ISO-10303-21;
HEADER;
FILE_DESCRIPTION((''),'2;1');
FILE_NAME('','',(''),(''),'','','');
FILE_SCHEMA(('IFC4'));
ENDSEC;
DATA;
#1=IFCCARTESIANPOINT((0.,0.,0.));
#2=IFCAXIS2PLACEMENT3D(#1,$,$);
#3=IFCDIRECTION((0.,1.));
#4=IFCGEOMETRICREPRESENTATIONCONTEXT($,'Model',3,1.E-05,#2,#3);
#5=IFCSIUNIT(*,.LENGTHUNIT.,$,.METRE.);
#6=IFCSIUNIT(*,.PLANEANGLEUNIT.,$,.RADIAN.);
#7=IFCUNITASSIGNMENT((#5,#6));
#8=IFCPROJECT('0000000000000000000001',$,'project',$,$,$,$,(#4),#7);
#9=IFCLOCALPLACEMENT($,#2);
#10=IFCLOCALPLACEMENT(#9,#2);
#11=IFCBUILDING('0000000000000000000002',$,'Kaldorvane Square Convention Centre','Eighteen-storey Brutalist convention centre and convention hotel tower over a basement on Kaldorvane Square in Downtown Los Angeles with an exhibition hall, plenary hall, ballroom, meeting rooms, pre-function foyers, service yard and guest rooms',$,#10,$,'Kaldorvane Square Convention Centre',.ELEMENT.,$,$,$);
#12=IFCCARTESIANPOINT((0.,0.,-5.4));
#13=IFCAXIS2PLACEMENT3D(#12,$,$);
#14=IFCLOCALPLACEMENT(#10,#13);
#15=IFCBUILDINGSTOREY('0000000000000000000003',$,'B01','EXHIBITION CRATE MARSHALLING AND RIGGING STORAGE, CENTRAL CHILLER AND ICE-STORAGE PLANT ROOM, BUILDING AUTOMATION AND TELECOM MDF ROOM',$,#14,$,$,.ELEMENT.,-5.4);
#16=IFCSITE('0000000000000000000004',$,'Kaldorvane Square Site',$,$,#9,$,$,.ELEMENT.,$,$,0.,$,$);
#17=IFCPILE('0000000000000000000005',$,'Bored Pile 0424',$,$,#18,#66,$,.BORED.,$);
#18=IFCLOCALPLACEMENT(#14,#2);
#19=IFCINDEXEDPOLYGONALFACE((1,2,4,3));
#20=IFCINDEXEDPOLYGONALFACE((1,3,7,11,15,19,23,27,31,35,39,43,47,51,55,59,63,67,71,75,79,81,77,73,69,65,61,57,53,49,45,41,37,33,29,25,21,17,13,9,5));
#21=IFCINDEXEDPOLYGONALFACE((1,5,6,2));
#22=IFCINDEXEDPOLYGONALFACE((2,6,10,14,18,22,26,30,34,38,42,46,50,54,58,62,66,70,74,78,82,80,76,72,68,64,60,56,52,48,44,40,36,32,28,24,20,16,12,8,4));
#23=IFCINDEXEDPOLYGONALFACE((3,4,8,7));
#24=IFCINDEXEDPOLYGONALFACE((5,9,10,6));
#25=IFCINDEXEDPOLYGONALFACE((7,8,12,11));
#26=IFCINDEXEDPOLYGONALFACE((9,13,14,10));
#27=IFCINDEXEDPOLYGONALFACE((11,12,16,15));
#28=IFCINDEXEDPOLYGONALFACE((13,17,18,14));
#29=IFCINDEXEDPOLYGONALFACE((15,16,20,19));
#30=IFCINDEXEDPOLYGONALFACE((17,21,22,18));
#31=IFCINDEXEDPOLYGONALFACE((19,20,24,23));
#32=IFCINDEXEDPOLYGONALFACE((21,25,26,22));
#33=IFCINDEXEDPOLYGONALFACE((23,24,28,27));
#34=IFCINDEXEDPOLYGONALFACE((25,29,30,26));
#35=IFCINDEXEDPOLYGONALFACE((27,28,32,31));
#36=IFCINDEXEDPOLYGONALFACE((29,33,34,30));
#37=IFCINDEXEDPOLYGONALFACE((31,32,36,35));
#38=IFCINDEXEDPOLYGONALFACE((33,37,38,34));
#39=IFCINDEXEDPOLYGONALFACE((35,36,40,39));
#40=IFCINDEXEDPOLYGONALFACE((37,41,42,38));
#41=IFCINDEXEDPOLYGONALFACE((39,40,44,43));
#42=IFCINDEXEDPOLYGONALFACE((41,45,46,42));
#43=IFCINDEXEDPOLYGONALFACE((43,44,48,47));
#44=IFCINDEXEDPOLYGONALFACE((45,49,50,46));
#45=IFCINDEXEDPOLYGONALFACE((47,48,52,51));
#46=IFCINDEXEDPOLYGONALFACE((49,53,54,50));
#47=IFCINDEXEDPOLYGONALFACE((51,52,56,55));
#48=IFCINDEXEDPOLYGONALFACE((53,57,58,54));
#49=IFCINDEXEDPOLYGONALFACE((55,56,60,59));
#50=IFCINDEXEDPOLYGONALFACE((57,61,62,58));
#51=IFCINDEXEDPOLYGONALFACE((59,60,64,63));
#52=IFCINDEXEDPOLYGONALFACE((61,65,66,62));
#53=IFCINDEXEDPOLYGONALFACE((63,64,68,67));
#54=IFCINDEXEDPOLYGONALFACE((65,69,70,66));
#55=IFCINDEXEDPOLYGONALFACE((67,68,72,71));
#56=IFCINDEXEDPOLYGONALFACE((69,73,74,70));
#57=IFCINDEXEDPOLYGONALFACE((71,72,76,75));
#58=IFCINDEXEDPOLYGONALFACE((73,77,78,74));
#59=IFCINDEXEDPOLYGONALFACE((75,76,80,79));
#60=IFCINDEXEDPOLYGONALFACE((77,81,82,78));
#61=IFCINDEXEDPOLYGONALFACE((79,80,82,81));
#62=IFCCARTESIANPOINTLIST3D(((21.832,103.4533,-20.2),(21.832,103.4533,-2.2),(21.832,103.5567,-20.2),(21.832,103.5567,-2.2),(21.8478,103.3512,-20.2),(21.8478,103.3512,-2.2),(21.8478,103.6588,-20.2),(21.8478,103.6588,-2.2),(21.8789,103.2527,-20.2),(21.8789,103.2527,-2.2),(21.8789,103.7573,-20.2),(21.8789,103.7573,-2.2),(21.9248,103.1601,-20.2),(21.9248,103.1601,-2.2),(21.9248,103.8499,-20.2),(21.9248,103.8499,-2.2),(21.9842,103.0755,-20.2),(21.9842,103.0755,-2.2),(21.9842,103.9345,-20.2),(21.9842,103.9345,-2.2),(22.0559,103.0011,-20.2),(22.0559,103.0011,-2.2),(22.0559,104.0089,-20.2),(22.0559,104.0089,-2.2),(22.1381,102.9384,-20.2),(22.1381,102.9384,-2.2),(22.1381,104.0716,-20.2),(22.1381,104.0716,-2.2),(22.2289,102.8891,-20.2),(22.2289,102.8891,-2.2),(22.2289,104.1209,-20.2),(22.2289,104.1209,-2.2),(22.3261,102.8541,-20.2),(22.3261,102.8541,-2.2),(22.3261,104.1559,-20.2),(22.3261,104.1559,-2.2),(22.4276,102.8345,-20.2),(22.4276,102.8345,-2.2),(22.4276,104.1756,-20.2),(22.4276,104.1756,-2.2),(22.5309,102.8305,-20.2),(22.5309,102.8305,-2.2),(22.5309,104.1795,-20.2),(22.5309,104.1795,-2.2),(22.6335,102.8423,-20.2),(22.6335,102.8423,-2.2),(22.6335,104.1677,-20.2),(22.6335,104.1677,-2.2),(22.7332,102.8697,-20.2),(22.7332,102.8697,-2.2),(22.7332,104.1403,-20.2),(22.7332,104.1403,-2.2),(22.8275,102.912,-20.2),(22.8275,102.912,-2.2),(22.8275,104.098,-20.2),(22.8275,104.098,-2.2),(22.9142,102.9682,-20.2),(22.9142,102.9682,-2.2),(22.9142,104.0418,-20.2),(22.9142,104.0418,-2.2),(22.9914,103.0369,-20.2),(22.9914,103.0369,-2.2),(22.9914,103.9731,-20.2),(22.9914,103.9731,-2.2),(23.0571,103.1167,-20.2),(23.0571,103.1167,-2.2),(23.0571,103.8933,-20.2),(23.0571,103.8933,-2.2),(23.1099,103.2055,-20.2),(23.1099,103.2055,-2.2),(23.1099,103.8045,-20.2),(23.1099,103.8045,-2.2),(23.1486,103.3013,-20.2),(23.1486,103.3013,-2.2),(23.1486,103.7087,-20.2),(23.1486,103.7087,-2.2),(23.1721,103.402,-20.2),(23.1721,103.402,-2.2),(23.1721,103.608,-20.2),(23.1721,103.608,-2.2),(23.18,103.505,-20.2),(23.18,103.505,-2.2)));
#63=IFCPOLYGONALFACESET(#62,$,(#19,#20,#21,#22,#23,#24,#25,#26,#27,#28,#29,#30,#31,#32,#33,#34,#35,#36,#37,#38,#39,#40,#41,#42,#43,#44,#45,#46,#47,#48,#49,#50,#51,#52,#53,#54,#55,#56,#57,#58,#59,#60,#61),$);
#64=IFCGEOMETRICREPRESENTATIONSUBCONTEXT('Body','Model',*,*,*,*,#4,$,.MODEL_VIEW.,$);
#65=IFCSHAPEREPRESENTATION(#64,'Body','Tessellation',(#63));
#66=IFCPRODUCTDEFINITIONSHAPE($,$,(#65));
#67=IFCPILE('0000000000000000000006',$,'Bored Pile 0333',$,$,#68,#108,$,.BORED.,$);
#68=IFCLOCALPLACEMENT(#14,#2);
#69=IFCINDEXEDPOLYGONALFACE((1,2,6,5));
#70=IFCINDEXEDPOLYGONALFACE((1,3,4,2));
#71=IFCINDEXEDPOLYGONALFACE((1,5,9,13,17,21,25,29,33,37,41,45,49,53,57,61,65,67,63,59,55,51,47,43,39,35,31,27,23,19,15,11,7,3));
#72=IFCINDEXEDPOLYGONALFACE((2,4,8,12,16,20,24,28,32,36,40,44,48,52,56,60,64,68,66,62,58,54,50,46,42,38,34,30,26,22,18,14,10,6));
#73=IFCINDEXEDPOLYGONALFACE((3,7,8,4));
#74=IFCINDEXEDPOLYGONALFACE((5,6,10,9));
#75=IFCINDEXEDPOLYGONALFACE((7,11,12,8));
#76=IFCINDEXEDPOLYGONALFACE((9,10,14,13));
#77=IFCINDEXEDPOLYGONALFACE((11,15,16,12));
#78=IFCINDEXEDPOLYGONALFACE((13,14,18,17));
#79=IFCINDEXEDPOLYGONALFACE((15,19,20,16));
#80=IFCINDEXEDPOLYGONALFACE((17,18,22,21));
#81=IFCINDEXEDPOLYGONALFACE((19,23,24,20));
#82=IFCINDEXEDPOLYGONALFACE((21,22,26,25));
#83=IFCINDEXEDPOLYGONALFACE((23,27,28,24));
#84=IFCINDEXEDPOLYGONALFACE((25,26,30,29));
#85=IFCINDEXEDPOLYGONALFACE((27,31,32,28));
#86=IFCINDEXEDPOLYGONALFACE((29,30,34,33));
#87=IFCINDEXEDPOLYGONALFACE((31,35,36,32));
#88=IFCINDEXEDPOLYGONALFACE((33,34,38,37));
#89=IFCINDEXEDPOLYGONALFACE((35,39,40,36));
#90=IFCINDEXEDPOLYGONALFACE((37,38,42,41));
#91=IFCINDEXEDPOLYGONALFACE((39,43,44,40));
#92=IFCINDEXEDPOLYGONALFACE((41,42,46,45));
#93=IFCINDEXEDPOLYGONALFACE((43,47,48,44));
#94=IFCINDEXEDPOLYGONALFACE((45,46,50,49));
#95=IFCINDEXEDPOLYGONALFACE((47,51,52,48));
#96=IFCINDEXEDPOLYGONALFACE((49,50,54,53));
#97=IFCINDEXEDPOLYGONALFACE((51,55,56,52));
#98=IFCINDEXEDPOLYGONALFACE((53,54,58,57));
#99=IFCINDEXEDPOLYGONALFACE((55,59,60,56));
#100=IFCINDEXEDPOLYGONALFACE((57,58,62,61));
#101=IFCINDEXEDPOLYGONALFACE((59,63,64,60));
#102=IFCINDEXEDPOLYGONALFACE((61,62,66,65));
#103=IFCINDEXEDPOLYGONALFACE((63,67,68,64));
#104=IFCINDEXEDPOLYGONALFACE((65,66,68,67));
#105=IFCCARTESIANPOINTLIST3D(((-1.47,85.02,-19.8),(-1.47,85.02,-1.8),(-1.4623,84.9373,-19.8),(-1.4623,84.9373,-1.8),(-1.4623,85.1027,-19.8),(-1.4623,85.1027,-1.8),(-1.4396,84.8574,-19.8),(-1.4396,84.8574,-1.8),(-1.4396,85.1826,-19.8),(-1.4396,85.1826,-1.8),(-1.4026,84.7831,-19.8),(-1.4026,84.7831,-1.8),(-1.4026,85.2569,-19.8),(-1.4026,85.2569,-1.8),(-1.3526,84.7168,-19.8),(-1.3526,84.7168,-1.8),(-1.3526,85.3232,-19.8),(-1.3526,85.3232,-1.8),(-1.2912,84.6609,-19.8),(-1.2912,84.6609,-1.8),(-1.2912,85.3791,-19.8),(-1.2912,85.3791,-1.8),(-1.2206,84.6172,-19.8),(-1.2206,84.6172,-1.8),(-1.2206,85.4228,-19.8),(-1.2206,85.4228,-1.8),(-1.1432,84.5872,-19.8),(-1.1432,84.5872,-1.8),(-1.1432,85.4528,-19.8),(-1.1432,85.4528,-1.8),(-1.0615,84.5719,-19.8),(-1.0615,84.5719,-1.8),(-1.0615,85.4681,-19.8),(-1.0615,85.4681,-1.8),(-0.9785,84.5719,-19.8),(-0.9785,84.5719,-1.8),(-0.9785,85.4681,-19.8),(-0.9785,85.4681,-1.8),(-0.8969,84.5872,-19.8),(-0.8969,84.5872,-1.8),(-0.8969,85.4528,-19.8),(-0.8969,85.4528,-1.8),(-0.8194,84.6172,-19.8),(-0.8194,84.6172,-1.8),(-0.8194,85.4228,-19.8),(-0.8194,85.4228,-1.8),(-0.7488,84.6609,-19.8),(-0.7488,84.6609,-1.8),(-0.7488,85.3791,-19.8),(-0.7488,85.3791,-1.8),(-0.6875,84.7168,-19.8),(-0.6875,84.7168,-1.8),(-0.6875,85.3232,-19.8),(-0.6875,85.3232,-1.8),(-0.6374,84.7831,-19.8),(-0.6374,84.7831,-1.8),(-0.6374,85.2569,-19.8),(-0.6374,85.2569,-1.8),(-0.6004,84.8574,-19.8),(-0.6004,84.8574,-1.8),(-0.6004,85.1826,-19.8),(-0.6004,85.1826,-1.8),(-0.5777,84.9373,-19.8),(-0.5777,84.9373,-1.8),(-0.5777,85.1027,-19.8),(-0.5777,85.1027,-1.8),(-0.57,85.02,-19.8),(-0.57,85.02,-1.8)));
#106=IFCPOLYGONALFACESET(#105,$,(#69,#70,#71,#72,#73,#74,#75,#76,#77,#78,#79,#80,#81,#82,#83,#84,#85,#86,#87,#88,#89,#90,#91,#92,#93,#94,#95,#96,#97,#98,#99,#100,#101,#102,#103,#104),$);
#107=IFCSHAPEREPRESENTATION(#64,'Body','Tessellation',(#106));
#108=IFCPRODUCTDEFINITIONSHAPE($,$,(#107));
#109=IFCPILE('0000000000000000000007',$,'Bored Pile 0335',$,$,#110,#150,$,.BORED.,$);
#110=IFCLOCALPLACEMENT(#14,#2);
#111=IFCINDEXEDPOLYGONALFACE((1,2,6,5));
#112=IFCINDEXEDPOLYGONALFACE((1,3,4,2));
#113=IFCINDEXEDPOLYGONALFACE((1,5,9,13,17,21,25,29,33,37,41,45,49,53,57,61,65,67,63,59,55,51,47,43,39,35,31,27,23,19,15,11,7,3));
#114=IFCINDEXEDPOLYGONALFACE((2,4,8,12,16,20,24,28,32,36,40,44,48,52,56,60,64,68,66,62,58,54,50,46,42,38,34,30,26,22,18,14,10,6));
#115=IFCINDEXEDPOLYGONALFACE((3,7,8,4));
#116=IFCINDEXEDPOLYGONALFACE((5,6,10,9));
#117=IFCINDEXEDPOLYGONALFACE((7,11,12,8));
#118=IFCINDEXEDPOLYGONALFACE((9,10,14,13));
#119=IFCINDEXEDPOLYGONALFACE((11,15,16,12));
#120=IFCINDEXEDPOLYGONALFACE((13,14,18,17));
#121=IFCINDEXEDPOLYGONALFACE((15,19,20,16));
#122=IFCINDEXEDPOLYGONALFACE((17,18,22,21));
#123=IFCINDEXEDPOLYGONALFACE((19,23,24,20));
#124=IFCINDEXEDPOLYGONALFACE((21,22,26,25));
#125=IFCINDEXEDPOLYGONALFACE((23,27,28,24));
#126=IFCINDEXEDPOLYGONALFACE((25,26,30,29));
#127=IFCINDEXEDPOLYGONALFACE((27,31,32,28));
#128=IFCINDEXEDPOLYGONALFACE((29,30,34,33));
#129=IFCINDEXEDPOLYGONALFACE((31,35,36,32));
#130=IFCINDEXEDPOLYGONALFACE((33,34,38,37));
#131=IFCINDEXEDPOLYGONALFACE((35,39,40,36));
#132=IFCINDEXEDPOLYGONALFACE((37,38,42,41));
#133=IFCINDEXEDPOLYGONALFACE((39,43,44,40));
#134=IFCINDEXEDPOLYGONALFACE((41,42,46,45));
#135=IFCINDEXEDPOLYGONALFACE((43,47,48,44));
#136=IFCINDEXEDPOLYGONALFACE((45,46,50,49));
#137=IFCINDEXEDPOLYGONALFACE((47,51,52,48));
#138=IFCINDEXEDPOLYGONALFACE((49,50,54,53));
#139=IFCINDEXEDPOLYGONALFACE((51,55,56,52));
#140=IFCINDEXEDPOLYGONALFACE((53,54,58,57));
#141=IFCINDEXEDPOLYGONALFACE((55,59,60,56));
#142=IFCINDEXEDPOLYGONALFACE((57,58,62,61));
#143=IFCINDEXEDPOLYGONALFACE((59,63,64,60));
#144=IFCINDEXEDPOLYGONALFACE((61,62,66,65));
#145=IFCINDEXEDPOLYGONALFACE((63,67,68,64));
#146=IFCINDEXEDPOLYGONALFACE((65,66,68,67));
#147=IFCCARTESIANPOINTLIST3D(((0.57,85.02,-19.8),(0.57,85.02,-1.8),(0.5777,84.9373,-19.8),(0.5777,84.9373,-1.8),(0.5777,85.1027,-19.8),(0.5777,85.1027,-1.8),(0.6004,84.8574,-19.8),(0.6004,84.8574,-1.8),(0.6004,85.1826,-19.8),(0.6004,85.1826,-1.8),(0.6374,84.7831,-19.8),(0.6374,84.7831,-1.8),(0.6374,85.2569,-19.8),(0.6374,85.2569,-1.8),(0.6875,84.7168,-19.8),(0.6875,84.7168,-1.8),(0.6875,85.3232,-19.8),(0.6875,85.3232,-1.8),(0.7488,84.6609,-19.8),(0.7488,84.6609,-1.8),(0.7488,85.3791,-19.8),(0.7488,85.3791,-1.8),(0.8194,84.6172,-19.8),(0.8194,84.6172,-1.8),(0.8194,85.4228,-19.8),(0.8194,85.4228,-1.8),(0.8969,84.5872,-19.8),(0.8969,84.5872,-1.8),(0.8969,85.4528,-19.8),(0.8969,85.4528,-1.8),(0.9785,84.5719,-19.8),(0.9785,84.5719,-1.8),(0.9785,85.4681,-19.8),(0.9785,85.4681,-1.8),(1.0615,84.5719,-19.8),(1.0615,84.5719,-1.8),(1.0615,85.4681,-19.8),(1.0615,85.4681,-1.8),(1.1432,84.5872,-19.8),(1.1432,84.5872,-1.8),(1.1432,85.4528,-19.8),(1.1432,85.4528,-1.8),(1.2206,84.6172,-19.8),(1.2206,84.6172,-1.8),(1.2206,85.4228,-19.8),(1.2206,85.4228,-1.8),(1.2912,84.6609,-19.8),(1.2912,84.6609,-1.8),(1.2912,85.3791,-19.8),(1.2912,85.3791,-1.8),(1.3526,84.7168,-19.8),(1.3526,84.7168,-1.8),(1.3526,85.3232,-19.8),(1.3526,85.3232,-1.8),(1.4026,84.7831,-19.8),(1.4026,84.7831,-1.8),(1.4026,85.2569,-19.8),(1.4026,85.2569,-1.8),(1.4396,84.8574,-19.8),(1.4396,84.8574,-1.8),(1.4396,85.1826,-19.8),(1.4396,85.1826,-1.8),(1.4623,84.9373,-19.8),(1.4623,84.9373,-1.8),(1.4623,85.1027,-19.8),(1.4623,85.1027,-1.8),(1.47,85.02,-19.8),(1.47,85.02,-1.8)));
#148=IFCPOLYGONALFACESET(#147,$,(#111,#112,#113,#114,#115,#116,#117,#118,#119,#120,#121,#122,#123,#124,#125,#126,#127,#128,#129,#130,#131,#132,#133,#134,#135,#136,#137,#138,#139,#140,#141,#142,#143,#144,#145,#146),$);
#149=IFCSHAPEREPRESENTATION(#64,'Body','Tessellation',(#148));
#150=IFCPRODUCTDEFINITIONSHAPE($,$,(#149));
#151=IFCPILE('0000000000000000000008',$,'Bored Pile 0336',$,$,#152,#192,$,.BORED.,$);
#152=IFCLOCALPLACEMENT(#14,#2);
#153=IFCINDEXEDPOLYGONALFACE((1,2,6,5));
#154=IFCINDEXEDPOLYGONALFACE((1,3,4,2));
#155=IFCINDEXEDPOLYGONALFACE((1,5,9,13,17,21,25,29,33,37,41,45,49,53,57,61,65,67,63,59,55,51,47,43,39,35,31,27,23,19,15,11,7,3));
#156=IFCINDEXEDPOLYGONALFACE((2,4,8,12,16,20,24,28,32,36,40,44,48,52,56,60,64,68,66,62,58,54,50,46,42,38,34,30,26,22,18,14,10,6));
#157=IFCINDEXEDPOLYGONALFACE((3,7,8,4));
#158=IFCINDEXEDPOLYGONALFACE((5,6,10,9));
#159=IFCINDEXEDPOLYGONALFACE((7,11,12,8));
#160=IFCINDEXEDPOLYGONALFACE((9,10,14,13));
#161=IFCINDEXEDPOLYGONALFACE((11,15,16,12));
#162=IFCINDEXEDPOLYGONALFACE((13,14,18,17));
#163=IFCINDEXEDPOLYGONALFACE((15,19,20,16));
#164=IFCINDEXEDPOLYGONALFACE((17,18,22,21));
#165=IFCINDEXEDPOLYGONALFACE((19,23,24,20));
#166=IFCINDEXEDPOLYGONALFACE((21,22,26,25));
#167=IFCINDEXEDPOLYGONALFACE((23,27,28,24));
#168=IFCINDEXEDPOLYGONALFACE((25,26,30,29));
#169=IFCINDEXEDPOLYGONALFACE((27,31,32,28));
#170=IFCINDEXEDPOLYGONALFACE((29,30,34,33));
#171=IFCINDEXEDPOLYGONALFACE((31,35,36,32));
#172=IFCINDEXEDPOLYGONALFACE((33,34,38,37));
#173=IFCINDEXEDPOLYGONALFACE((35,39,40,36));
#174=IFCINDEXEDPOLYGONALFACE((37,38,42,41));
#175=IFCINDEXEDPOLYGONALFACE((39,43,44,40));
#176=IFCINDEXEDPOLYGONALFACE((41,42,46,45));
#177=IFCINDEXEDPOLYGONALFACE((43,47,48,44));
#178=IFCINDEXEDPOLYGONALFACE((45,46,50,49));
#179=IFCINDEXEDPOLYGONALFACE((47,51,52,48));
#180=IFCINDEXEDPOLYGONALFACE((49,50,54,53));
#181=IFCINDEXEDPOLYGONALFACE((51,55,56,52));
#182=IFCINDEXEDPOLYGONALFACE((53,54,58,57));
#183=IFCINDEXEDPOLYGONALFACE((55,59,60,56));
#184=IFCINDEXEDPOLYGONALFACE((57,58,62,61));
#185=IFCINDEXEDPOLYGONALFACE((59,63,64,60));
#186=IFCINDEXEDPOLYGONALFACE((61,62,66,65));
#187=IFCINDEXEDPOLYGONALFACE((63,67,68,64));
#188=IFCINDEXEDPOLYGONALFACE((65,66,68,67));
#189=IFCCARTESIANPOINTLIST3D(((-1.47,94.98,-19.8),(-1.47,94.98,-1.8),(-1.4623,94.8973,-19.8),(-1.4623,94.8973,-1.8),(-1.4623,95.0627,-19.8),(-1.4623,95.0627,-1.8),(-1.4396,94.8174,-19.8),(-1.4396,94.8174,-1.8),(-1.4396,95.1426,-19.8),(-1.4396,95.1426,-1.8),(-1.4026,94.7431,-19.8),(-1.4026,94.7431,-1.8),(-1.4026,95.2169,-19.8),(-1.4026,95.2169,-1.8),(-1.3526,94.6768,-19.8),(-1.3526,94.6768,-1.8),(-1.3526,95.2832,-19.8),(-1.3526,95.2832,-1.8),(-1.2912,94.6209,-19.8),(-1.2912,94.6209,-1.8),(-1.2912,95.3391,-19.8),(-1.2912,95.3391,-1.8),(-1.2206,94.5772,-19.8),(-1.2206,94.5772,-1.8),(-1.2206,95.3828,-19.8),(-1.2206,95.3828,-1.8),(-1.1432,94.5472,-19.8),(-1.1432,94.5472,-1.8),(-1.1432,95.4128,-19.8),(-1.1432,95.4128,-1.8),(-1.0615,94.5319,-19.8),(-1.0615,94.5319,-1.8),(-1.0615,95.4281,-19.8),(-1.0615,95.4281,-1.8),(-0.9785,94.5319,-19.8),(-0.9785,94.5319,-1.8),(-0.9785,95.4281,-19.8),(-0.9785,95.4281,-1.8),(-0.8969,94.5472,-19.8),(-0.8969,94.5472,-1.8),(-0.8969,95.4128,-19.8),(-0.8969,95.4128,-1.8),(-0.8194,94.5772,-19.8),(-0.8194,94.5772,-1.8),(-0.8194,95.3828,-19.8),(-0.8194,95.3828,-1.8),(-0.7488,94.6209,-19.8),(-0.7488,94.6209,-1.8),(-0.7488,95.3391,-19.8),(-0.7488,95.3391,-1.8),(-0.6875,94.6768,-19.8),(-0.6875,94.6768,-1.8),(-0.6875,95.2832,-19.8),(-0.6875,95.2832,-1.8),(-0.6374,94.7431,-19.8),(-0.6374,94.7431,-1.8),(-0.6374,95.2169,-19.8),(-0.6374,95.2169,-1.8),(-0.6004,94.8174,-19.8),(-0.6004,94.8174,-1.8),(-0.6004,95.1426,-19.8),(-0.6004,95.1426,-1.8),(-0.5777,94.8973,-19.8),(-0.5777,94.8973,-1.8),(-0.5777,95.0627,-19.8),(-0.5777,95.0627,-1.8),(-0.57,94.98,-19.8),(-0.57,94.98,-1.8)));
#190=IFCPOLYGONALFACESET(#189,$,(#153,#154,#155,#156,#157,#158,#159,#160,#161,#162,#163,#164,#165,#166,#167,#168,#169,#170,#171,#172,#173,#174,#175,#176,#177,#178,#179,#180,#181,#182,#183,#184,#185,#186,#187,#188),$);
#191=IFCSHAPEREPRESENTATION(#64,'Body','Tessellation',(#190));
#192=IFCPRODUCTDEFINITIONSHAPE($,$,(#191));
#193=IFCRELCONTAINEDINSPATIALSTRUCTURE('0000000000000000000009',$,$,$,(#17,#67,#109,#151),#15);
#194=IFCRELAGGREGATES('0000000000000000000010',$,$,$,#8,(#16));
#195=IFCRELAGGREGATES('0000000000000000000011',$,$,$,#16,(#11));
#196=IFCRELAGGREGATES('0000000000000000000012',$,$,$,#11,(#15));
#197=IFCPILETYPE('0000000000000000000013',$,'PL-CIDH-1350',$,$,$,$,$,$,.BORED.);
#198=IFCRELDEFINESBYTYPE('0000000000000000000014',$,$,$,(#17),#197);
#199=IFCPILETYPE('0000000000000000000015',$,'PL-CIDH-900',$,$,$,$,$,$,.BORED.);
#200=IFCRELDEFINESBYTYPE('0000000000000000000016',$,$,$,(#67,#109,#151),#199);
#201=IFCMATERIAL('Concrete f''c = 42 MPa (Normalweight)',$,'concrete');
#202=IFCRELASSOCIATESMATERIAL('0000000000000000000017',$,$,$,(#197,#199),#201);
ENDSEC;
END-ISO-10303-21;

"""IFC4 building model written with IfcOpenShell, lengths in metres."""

from ifc_helpers import new_model, si_unit, direction, frame, origin, origin_2d, place, context, subcontext, project, spatial, circle, extrude, material, material_profile, profile_set, type_object, element, save


model = new_model("IFC4")

# Units and contexts
model_context = context("Model", 3, precision=1e-05, world=origin(), true_north=direction((0.0, 1.0)))
body_context = subcontext(model_context, "Body", "Model", "MODEL_VIEW")
ifc_project = project(units=[si_unit("LENGTHUNIT", "METRE"), si_unit("PLANEANGLEUNIT", "RADIAN")], contexts=[model_context])

# Site, building, storey
site_placement = place(None, origin())
site = spatial("IfcSite", under=ifc_project, at=site_placement, Name="Kaldorvane Square Site", CompositionType="ELEMENT", RefElevation=0.0)
building_placement = place(site_placement, origin())
building = spatial("IfcBuilding", under=site, at=building_placement, Name="Kaldorvane Square Convention Centre", Description="Eighteen-storey Brutalist convention centre and convention hotel tower over a basement on Kaldorvane Square in Downtown Los Angeles with an exhibition hall, plenary hall, ballroom, meeting rooms, pre-function foyers, service yard and guest rooms", LongName="Kaldorvane Square Convention Centre", CompositionType="ELEMENT")
storey_placement = place(building_placement, frame((0.0, 0.0, -5.4)))
storey = spatial("IfcBuildingStorey", under=building, at=storey_placement, Name="B01", Description="EXHIBITION CRATE MARSHALLING AND RIGGING STORAGE, CENTRAL CHILLER AND ICE-STORAGE PLANT ROOM, BUILDING AUTOMATION AND TELECOM MDF ROOM", CompositionType="ELEMENT", Elevation=-5.4)

# Shared definitions
ifc_material_1 = material(Name="Concrete f'c = 42 MPa (Normalweight)", Category="concrete")

# Piles
ifc_material_profile_1 = material_profile(ifc_material_1, circle(Radius=0.675, at=origin_2d()), Name="PILE-D1350")
ifc_profile_set_1 = profile_set([ifc_material_profile_1], Name="Concrete f'c = 42 MPa (Normalweight)")
pile_type_1 = type_object("IfcPileType", Name="PL-CIDH-1350", PredefinedType="BORED", material=ifc_profile_set_1)
for number, where, z_axis, x_axis, name in (
    (1, (22.505, 103.505, -2.2), (0.0, 0.0, -1.0), (1.0, 0.0, 0.0), "Bored Pile 0424"),
):
    element("IfcPile", number, at=place(storey_placement, frame(where, z_axis=z_axis, x_axis=x_axis)), inside=storey, type_object=pile_type_1, Name=name, PredefinedType="BORED", context=body_context, shape_type="SweptSolid", body=[
        extrude(circle(Radius=0.675, at=origin_2d()), origin(), (0.0, 0.0, 1.0), 18.0),
    ])
ifc_material_profile_2 = material_profile(ifc_material_1, circle(Radius=0.45, at=origin_2d()), Name="PILE-D900")
ifc_profile_set_2 = profile_set([ifc_material_profile_2], Name="Concrete f'c = 42 MPa (Normalweight)")
pile_type_2 = type_object("IfcPileType", Name="PL-CIDH-900", PredefinedType="BORED", material=ifc_profile_set_2)
for number, where, z_axis, x_axis, name in (
    (2, (-1.02, 85.02, -1.8), (0.0, 0.0, -1.0), (1.0, 0.0, 0.0), "Bored Pile 0333"),
    (3, (1.02, 85.02, -1.8), (0.0, 0.0, -1.0), (1.0, 0.0, 0.0), "Bored Pile 0335"),
    (4, (-1.02, 94.98, -1.8), (0.0, 0.0, -1.0), (1.0, 0.0, 0.0), "Bored Pile 0336"),
):
    element("IfcPile", number, at=place(storey_placement, frame(where, z_axis=z_axis, x_axis=x_axis)), inside=storey, type_object=pile_type_2, Name=name, PredefinedType="BORED", context=body_context, shape_type="SweptSolid", body=[
        extrude(circle(Radius=0.45, at=origin_2d()), origin(), (0.0, 0.0, 1.0), 18.0),
    ])

save(model, "model.ifc")
